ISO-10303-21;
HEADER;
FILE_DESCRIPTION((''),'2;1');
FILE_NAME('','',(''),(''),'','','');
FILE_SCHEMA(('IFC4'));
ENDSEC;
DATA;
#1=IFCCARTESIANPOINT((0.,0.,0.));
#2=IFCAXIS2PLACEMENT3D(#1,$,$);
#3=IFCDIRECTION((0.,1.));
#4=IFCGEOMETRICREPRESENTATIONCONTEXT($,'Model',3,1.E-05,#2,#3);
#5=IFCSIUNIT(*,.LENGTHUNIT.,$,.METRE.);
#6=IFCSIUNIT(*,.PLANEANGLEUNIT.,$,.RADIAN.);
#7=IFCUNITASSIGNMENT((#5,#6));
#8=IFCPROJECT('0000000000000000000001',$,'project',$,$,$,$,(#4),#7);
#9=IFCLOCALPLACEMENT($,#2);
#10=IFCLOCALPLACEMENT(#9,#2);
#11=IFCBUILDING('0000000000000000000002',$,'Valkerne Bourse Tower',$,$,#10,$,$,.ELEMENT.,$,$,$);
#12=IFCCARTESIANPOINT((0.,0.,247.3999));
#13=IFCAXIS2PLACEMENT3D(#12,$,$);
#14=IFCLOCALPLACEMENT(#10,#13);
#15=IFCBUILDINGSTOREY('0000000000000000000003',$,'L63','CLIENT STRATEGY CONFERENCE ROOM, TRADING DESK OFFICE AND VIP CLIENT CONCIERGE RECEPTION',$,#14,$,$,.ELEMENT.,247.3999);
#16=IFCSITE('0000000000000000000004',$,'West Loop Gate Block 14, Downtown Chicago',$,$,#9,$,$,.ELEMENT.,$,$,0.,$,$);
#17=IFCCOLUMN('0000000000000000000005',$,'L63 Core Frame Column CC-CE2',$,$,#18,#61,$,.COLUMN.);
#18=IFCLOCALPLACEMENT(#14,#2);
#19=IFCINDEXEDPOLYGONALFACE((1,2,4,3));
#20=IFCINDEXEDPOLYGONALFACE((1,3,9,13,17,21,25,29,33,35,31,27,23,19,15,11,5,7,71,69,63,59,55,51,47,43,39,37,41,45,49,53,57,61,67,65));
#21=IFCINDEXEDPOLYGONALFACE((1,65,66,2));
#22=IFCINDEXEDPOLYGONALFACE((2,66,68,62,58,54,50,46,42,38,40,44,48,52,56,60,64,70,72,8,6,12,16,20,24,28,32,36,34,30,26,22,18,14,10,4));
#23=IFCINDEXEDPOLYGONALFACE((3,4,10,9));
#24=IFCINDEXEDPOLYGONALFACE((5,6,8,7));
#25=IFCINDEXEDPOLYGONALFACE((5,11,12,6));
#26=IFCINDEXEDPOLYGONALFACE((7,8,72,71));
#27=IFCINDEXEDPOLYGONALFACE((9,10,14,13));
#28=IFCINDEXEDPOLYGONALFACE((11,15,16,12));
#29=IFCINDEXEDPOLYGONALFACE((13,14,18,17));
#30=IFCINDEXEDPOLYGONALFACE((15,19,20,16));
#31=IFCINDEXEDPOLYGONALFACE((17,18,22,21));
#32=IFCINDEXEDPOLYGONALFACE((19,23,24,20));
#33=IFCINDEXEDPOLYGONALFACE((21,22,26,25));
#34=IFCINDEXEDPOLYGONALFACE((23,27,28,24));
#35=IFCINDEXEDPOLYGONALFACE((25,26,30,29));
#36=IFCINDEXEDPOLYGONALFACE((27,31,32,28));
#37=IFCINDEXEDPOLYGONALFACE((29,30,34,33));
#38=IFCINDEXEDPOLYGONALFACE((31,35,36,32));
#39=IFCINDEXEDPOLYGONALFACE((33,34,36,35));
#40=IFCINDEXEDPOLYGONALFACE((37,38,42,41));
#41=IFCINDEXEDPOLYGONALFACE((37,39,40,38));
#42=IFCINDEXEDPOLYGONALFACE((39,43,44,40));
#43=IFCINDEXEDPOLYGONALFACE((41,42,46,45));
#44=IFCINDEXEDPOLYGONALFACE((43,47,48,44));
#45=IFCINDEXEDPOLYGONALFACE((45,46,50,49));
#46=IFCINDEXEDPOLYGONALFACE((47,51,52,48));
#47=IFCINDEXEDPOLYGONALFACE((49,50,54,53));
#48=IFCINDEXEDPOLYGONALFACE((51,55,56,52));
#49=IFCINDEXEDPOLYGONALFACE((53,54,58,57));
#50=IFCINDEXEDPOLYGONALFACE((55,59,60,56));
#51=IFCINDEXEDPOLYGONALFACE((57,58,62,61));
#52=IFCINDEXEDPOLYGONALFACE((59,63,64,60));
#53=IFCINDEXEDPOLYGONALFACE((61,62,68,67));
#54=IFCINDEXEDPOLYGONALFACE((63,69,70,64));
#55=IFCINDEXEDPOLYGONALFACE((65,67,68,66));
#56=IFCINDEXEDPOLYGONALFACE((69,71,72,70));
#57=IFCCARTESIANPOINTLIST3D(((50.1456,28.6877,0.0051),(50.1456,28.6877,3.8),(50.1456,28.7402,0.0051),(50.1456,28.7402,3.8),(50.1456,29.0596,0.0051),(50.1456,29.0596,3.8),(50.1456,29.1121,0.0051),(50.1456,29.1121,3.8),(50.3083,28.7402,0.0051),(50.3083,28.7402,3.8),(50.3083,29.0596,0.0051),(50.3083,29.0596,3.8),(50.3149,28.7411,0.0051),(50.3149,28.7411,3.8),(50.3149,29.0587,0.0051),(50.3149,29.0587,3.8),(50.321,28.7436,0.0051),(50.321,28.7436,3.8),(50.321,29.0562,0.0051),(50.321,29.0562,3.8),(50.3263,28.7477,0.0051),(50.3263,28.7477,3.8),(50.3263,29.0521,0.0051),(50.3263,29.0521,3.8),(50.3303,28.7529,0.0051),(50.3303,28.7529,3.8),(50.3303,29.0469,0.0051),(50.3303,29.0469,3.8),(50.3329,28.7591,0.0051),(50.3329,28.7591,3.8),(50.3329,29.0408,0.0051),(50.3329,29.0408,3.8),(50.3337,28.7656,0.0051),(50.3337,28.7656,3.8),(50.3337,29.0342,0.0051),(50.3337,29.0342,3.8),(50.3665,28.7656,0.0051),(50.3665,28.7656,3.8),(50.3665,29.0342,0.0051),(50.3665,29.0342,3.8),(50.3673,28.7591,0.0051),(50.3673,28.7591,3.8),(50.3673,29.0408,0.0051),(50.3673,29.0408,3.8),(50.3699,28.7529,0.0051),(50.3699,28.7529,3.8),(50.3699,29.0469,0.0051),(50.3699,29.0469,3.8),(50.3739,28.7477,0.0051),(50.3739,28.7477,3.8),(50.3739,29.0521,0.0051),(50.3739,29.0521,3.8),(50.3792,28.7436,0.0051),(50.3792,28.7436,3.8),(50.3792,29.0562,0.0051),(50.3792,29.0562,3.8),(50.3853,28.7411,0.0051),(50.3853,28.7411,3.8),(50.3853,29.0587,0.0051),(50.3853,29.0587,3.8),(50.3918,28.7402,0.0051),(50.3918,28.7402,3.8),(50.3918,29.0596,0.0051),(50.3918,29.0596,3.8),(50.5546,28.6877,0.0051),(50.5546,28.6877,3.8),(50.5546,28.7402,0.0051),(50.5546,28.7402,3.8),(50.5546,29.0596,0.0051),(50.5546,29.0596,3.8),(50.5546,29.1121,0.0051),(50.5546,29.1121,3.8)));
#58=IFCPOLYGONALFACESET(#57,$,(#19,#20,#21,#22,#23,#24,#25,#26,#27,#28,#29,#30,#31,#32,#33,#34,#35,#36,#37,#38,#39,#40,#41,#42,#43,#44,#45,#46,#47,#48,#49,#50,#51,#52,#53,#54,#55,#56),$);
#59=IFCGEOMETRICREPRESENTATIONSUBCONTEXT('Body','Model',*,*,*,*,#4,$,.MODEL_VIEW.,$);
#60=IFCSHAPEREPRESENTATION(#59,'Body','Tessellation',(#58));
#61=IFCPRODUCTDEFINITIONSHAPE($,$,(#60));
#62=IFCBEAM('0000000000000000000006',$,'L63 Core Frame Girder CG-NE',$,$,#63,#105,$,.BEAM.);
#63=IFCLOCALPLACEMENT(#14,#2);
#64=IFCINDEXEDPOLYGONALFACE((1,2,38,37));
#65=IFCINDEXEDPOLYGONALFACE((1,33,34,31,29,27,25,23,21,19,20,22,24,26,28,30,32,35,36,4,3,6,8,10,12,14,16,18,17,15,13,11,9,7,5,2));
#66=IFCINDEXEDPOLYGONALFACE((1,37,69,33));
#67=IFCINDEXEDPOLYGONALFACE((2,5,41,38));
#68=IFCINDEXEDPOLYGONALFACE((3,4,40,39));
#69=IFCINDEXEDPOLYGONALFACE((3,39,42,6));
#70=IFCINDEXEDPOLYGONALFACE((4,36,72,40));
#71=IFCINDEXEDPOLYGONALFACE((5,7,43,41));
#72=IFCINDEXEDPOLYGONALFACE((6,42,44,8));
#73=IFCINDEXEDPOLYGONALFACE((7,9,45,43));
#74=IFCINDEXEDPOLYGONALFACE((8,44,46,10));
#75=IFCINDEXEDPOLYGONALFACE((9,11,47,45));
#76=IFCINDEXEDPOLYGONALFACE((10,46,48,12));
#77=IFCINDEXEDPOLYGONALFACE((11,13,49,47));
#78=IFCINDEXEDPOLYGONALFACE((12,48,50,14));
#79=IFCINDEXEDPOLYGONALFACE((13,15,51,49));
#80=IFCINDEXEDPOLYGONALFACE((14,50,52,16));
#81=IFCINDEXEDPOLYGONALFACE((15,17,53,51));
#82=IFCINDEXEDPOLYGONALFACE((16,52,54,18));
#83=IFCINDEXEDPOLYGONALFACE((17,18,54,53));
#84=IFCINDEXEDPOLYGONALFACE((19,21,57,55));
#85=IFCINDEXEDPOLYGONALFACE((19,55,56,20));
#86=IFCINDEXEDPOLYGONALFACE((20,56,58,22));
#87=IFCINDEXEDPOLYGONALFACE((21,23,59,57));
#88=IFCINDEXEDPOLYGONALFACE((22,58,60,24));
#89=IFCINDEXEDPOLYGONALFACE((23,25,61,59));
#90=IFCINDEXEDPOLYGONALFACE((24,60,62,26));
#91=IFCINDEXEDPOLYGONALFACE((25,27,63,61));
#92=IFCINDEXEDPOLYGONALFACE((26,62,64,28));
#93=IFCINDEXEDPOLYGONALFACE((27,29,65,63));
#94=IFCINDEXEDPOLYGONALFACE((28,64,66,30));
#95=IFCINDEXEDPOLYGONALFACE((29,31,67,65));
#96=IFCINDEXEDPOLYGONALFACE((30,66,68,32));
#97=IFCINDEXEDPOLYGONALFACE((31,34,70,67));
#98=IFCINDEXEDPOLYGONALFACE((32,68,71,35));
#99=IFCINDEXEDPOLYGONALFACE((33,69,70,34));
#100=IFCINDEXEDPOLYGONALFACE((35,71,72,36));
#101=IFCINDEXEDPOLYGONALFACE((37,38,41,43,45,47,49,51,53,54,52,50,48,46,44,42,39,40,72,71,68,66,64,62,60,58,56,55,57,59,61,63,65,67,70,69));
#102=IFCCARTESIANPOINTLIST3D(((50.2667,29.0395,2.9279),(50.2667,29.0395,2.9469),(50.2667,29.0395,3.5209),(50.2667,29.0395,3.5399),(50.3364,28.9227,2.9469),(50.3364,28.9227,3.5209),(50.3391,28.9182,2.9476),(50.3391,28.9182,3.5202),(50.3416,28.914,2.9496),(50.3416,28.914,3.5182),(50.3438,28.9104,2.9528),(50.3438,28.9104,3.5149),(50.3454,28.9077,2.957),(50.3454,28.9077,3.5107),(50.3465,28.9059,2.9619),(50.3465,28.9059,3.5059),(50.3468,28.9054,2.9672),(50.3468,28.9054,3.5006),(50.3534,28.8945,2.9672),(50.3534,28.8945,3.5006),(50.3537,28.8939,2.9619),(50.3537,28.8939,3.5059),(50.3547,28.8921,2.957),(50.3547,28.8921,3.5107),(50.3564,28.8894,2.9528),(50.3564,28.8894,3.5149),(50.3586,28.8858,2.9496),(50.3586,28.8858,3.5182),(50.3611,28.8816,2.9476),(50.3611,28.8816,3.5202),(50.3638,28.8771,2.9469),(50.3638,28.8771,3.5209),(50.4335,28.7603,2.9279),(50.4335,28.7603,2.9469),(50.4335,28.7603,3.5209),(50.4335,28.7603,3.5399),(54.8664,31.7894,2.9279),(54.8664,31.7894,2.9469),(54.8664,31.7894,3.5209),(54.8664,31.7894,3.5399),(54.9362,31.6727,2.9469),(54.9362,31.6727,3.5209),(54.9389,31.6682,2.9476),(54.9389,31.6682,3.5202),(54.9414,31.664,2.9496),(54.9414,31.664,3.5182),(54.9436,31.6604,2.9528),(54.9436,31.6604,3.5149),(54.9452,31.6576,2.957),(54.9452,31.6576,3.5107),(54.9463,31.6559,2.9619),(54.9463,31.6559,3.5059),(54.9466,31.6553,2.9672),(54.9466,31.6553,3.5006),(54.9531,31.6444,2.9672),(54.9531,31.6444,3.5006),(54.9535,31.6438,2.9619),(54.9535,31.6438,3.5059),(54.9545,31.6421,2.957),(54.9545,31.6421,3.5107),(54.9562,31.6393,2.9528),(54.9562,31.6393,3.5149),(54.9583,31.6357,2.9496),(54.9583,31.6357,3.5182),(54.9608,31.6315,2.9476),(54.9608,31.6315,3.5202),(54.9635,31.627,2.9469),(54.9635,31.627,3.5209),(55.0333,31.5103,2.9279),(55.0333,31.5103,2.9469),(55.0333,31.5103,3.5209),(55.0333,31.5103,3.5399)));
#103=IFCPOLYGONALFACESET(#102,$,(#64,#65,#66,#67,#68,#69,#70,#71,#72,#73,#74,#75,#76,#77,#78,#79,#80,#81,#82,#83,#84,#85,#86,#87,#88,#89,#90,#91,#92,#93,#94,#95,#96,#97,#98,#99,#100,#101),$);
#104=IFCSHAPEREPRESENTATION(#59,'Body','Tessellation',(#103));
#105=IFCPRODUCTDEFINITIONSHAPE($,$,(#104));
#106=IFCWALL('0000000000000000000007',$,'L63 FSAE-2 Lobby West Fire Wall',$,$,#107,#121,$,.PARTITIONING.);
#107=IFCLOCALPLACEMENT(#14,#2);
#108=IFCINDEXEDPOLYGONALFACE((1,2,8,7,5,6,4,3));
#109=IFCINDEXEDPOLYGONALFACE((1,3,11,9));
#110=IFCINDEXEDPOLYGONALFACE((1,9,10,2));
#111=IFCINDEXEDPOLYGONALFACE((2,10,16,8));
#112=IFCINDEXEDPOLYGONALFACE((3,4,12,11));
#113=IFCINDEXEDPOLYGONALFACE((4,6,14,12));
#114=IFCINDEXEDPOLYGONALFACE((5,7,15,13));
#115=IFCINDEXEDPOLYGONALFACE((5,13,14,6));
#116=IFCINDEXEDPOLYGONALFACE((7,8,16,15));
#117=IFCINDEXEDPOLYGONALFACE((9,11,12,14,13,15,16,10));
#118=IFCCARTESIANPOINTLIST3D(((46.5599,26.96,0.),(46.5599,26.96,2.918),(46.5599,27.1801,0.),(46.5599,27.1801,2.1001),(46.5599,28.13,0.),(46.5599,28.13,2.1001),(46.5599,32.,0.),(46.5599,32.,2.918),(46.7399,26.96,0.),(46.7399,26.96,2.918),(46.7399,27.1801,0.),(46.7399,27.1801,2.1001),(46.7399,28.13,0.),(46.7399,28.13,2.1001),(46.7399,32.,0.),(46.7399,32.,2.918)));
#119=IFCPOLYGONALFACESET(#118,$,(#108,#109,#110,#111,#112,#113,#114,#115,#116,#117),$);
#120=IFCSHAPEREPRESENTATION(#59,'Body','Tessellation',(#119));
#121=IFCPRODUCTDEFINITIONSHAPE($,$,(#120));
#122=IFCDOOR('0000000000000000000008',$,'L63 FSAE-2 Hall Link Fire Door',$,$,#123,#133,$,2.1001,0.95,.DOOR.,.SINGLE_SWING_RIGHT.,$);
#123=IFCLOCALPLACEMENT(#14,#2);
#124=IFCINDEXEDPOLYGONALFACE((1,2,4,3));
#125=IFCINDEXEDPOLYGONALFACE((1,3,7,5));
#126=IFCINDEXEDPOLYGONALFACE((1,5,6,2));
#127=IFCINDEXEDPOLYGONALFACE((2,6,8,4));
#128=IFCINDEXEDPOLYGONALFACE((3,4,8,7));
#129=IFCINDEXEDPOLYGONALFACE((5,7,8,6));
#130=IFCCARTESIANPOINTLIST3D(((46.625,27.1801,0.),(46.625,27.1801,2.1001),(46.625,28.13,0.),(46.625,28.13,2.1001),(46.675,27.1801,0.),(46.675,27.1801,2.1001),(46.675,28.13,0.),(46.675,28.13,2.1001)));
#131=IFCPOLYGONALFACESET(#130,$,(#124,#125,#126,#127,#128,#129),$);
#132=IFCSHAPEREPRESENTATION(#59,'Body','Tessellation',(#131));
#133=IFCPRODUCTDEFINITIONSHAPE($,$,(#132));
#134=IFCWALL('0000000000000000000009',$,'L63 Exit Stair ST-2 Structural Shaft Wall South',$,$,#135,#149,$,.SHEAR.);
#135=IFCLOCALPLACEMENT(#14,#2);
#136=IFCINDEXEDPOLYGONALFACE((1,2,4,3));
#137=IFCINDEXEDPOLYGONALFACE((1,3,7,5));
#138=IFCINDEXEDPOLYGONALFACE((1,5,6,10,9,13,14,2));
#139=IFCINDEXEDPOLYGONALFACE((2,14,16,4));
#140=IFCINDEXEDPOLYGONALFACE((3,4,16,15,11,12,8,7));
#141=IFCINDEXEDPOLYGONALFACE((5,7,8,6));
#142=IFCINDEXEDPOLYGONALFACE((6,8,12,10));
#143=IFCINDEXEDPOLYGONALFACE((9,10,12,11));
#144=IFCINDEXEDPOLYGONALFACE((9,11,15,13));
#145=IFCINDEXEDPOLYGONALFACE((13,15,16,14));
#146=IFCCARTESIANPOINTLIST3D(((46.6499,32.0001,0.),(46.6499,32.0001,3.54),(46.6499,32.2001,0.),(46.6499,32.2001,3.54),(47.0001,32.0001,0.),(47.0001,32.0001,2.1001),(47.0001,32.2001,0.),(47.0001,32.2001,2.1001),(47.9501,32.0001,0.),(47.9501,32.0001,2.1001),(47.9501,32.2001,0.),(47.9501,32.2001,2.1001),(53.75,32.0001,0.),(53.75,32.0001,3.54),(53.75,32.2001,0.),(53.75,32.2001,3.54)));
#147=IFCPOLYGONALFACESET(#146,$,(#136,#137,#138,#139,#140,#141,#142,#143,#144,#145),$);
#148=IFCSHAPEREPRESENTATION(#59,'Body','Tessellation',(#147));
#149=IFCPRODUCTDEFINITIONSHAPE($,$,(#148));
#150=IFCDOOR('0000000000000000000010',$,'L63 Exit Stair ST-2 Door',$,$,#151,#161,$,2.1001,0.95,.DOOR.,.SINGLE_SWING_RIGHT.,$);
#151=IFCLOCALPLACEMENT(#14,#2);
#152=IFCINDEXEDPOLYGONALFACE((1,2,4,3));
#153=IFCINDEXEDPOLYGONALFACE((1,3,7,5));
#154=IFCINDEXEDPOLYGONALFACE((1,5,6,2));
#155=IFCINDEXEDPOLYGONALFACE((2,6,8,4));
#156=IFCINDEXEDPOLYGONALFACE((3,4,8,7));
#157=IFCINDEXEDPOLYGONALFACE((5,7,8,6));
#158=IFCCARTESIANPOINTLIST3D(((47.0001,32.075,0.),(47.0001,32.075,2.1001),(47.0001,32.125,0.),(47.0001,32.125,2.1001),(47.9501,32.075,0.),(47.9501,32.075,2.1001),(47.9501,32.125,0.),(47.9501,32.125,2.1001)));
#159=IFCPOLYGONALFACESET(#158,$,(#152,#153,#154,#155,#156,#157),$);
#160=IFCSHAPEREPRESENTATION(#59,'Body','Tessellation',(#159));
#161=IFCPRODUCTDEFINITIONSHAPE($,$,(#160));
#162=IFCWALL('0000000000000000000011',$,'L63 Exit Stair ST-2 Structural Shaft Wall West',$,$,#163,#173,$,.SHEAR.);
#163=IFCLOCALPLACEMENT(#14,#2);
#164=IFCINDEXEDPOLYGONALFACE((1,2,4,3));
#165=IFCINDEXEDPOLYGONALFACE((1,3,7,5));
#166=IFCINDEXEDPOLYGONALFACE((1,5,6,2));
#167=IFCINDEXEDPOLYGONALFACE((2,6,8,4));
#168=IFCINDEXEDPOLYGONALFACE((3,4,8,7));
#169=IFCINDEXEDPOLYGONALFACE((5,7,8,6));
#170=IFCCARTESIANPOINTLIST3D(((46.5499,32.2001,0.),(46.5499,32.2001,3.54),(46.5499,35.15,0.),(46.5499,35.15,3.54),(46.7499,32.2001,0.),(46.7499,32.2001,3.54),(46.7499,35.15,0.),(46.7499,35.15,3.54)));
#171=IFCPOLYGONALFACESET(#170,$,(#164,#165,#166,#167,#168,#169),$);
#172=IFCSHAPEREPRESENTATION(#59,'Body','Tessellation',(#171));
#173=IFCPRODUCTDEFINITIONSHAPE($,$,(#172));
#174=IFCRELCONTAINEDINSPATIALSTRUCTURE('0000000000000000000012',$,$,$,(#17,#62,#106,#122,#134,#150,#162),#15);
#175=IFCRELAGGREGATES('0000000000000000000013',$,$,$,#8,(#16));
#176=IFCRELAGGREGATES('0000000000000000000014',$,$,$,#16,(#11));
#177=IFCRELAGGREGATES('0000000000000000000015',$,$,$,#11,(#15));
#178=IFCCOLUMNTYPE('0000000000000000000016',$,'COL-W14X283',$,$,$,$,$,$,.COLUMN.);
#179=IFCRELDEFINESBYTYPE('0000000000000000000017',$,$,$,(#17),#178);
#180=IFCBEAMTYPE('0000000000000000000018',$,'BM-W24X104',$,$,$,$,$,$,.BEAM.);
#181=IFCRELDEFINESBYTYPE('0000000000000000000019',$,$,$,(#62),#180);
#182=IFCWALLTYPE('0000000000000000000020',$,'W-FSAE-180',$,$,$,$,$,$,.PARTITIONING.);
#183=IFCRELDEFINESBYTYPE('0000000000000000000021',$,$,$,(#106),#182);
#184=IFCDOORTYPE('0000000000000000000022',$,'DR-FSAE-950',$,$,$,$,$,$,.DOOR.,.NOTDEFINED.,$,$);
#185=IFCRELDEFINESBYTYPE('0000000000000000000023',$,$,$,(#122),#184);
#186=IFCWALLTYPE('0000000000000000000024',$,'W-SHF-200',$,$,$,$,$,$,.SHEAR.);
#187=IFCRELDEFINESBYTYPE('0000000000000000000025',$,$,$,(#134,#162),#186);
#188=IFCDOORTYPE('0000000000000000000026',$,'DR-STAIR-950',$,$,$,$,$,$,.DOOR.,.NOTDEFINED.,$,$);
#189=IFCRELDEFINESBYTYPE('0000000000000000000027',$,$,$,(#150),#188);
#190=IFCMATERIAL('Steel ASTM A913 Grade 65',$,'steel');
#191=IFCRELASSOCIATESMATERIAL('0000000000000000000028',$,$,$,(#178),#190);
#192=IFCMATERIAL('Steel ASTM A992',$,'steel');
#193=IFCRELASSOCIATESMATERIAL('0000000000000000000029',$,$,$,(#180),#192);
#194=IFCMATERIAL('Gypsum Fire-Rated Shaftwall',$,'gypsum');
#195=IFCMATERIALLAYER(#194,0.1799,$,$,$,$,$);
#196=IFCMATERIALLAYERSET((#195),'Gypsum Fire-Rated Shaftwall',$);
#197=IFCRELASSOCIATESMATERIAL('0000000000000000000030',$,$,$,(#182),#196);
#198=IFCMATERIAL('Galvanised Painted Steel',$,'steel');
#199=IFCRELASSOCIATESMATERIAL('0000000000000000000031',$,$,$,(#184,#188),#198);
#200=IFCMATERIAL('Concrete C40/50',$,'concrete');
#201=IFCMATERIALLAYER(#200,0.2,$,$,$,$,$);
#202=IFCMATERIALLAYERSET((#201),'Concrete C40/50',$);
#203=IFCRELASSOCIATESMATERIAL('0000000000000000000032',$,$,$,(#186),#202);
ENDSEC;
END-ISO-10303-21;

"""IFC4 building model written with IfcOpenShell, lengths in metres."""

from ifc_helpers import new_model, si_unit, direction, frame, frame_2d, origin, origin_2d, place, context, subcontext, project, spatial, rectangle, i_section, extrude, material, layer, layer_set, material_profile, profile_set, type_object, element, fill, save


model = new_model("IFC4")

# Units and contexts
model_context = context("Model", 3, precision=1e-05, world=origin(), true_north=direction((0.0, 1.0)))
body_context = subcontext(model_context, "Body", "Model", "MODEL_VIEW")
ifc_project = project(units=[si_unit("LENGTHUNIT", "METRE"), si_unit("PLANEANGLEUNIT", "RADIAN")], contexts=[model_context])

# Site, building, storey
site_placement = place(None, origin())
site = spatial("IfcSite", under=ifc_project, at=site_placement, Name="West Loop Gate Block 14, Downtown Chicago", CompositionType="ELEMENT", RefElevation=0.0)
building_placement = place(site_placement, origin())
building = spatial("IfcBuilding", under=site, at=building_placement, Name="Valkerne Bourse Tower", CompositionType="ELEMENT")
storey_placement = place(building_placement, frame((0.0, 0.0, 247.3999)))
storey = spatial("IfcBuildingStorey", under=building, at=storey_placement, Name="L63", Description="CLIENT STRATEGY CONFERENCE ROOM, TRADING DESK OFFICE AND VIP CLIENT CONCIERGE RECEPTION", CompositionType="ELEMENT", Elevation=247.3999)

# Column
ifc_material_1 = material(Name="Steel ASTM A913 Grade 65", Category="steel")
ifc_material_profile_1 = material_profile(ifc_material_1, i_section(OverallWidth=0.4089, OverallDepth=0.4243, WebThickness=0.0327, FlangeThickness=0.0525, FilletRadius=0.0254, at=origin_2d()), Name="W14X283")
ifc_profile_set_1 = profile_set([ifc_material_profile_1], Name="Steel ASTM A913 Grade 65")
column_type = type_object("IfcColumnType", Name="COL-W14X283", PredefinedType="COLUMN", material=ifc_profile_set_1)
column_placement = place(storey_placement, frame((50.3501, 28.8999, 0.0051), z_axis=(0.0, 0.0, 1.0), x_axis=(1.0, 0.0, 0.0)))
element("IfcColumn", 1, at=column_placement, inside=storey, type_object=column_type, Name="L63 Core Frame Column CC-CE2", PredefinedType="COLUMN", context=body_context, shape_type="SweptSolid", body=[
    extrude(i_section(OverallWidth=0.4089, OverallDepth=0.4243, WebThickness=0.0327, FlangeThickness=0.0525, FilletRadius=0.0254, at=origin_2d()), origin(), (0.0, 0.0, 1.0), 3.7949),
])

# Beam
ifc_material_2 = material(Name="Steel ASTM A992", Category="steel")
ifc_material_profile_2 = material_profile(ifc_material_2, i_section(OverallWidth=0.3252, OverallDepth=0.6121, WebThickness=0.0127, FlangeThickness=0.019, FilletRadius=0.0203, at=origin_2d()), Name="W24X104")
ifc_profile_set_2 = profile_set([ifc_material_profile_2], Name="Steel ASTM A992")
beam_type = type_object("IfcBeamType", Name="BM-W24X104", PredefinedType="BEAM", material=ifc_profile_set_2)
beam_placement = place(storey_placement, frame((50.3501, 28.8999, 3.2339), z_axis=(0.858308, 0.513135, 0.0), x_axis=(-0.513135, 0.858308, 0.0)))
element("IfcBeam", 2, at=beam_placement, inside=storey, type_object=beam_type, Name="L63 Core Frame Girder CG-NE", PredefinedType="BEAM", context=body_context, shape_type="SweptSolid", body=[
    extrude(i_section(OverallWidth=0.3252, OverallDepth=0.6121, WebThickness=0.0127, FlangeThickness=0.019, FilletRadius=0.0203, at=origin_2d()), origin(), (0.0, 0.0, 1.0), 5.3591),
])

# Wall, opening, door
ifc_material_3 = material(Name="Gypsum Fire-Rated Shaftwall", Category="gypsum")
ifc_layer_1 = layer(ifc_material_3, 0.1799)
ifc_layer_set_1 = layer_set([ifc_layer_1], Name="Gypsum Fire-Rated Shaftwall")
wall_type_1 = type_object("IfcWallType", Name="W-FSAE-180", PredefinedType="PARTITIONING", material=ifc_layer_set_1)
wall_1_placement = place(storey_placement, frame((46.6499, 26.96, 0.0), z_axis=(0.0, 0.0, 1.0), x_axis=(0.0, 1.0, 0.0)))
wall_1 = element("IfcWall", 3, at=wall_1_placement, inside=storey, type_object=wall_type_1, Name="L63 FSAE-2 Lobby West Fire Wall", PredefinedType="PARTITIONING", context=body_context, shape_type="SweptSolid", body=[
    extrude(rectangle(XDim=5.04, YDim=0.1799, at=frame_2d((2.52, 0.0))), origin(), (0.0, 0.0, 1.0), 2.918),
])
opening_1_placement = place(wall_1_placement, frame((0.22, 0.0, 0.0)))
opening_1 = element("IfcOpeningElement", 4, at=opening_1_placement, cuts=wall_1, PredefinedType="OPENING", context=body_context, shape_type="SweptSolid", body=[
    extrude(rectangle(XDim=0.95, YDim=2.1001, at=frame_2d((0.4751, 1.05))), frame((0.0, 0.0999, 0.0), z_axis=(0.0, -1.0, 0.0), x_axis=(1.0, 0.0, 0.0)), (0.0, 0.0, 1.0), 0.2),
])
ifc_material_4 = material(Name="Galvanised Painted Steel", Category="steel")
door_type_1 = type_object("IfcDoorType", Name="DR-FSAE-950", OperationType="NOTDEFINED", PredefinedType="DOOR", material=ifc_material_4)
door_1_placement = place(opening_1_placement, origin())
door_1 = element("IfcDoor", 5, at=door_1_placement, inside=storey, type_object=door_type_1, Name="L63 FSAE-2 Hall Link Fire Door", OperationType="SINGLE_SWING_RIGHT", OverallHeight=2.1001, OverallWidth=0.95, PredefinedType="DOOR", context=body_context, shape_type="SweptSolid", body=[
    extrude(rectangle(XDim=0.95, YDim=2.1001, at=frame_2d((0.4751, 1.05))), frame((0.0, 0.0249, 0.0), z_axis=(0.0, -1.0, 0.0), x_axis=(1.0, 0.0, 0.0)), (0.0, 0.0, 1.0), 0.05),
])
fill(opening_1, door_1)

# Wall, opening, door
ifc_material_5 = material(Name="Concrete C40/50", Category="concrete")
ifc_layer_2 = layer(ifc_material_5, 0.2)
ifc_layer_set_2 = layer_set([ifc_layer_2], Name="Concrete C40/50")
wall_type_2 = type_object("IfcWallType", Name="W-SHF-200", PredefinedType="SHEAR", material=ifc_layer_set_2)
wall_2_placement = place(storey_placement, frame((46.6499, 32.1001, 0.0), z_axis=(0.0, 0.0, 1.0), x_axis=(1.0, 0.0, 0.0)))
wall_2 = element("IfcWall", 6, at=wall_2_placement, inside=storey, type_object=wall_type_2, Name="L63 Exit Stair ST-2 Structural Shaft Wall South", PredefinedType="SHEAR", context=body_context, shape_type="SweptSolid", body=[
    extrude(rectangle(XDim=7.1001, YDim=0.2, at=frame_2d((3.55, 0.0))), origin(), (0.0, 0.0, 1.0), 3.54),
])
opening_2_placement = place(wall_2_placement, frame((0.3501, 0.0, 0.0)))
opening_2 = element("IfcOpeningElement", 7, at=opening_2_placement, cuts=wall_2, PredefinedType="OPENING", context=body_context, shape_type="SweptSolid", body=[
    extrude(rectangle(XDim=0.95, YDim=2.1001, at=frame_2d((0.4751, 1.05))), frame((0.0, 0.1099, 0.0), z_axis=(0.0, -1.0, 0.0), x_axis=(1.0, 0.0, 0.0)), (0.0, 0.0, 1.0), 0.22),
])
door_type_2 = type_object("IfcDoorType", Name="DR-STAIR-950", OperationType="NOTDEFINED", PredefinedType="DOOR", material=ifc_material_4)
door_2_placement = place(opening_2_placement, origin())
door_2 = element("IfcDoor", 8, at=door_2_placement, inside=storey, type_object=door_type_2, Name="L63 Exit Stair ST-2 Door", OperationType="SINGLE_SWING_RIGHT", OverallHeight=2.1001, OverallWidth=0.95, PredefinedType="DOOR", context=body_context, shape_type="SweptSolid", body=[
    extrude(rectangle(XDim=0.95, YDim=2.1001, at=frame_2d((0.4751, 1.05))), frame((0.0, 0.0249, 0.0), z_axis=(0.0, -1.0, 0.0), x_axis=(1.0, 0.0, 0.0)), (0.0, 0.0, 1.0), 0.05),
])
fill(opening_2, door_2)

# Wall
wall_3_placement = place(storey_placement, frame((46.6499, 32.2, 0.0), z_axis=(0.0, 0.0, 1.0), x_axis=(0.0, 1.0, 0.0)))
element("IfcWall", 9, at=wall_3_placement, inside=storey, type_object=wall_type_2, Name="L63 Exit Stair ST-2 Structural Shaft Wall West", PredefinedType="SHEAR", context=body_context, shape_type="SweptSolid", body=[
    extrude(rectangle(XDim=2.95, YDim=0.2, at=frame_2d((1.4751, 0.0))), origin(), (0.0, 0.0, 1.0), 3.54),
])

save(model, "model.ifc")
